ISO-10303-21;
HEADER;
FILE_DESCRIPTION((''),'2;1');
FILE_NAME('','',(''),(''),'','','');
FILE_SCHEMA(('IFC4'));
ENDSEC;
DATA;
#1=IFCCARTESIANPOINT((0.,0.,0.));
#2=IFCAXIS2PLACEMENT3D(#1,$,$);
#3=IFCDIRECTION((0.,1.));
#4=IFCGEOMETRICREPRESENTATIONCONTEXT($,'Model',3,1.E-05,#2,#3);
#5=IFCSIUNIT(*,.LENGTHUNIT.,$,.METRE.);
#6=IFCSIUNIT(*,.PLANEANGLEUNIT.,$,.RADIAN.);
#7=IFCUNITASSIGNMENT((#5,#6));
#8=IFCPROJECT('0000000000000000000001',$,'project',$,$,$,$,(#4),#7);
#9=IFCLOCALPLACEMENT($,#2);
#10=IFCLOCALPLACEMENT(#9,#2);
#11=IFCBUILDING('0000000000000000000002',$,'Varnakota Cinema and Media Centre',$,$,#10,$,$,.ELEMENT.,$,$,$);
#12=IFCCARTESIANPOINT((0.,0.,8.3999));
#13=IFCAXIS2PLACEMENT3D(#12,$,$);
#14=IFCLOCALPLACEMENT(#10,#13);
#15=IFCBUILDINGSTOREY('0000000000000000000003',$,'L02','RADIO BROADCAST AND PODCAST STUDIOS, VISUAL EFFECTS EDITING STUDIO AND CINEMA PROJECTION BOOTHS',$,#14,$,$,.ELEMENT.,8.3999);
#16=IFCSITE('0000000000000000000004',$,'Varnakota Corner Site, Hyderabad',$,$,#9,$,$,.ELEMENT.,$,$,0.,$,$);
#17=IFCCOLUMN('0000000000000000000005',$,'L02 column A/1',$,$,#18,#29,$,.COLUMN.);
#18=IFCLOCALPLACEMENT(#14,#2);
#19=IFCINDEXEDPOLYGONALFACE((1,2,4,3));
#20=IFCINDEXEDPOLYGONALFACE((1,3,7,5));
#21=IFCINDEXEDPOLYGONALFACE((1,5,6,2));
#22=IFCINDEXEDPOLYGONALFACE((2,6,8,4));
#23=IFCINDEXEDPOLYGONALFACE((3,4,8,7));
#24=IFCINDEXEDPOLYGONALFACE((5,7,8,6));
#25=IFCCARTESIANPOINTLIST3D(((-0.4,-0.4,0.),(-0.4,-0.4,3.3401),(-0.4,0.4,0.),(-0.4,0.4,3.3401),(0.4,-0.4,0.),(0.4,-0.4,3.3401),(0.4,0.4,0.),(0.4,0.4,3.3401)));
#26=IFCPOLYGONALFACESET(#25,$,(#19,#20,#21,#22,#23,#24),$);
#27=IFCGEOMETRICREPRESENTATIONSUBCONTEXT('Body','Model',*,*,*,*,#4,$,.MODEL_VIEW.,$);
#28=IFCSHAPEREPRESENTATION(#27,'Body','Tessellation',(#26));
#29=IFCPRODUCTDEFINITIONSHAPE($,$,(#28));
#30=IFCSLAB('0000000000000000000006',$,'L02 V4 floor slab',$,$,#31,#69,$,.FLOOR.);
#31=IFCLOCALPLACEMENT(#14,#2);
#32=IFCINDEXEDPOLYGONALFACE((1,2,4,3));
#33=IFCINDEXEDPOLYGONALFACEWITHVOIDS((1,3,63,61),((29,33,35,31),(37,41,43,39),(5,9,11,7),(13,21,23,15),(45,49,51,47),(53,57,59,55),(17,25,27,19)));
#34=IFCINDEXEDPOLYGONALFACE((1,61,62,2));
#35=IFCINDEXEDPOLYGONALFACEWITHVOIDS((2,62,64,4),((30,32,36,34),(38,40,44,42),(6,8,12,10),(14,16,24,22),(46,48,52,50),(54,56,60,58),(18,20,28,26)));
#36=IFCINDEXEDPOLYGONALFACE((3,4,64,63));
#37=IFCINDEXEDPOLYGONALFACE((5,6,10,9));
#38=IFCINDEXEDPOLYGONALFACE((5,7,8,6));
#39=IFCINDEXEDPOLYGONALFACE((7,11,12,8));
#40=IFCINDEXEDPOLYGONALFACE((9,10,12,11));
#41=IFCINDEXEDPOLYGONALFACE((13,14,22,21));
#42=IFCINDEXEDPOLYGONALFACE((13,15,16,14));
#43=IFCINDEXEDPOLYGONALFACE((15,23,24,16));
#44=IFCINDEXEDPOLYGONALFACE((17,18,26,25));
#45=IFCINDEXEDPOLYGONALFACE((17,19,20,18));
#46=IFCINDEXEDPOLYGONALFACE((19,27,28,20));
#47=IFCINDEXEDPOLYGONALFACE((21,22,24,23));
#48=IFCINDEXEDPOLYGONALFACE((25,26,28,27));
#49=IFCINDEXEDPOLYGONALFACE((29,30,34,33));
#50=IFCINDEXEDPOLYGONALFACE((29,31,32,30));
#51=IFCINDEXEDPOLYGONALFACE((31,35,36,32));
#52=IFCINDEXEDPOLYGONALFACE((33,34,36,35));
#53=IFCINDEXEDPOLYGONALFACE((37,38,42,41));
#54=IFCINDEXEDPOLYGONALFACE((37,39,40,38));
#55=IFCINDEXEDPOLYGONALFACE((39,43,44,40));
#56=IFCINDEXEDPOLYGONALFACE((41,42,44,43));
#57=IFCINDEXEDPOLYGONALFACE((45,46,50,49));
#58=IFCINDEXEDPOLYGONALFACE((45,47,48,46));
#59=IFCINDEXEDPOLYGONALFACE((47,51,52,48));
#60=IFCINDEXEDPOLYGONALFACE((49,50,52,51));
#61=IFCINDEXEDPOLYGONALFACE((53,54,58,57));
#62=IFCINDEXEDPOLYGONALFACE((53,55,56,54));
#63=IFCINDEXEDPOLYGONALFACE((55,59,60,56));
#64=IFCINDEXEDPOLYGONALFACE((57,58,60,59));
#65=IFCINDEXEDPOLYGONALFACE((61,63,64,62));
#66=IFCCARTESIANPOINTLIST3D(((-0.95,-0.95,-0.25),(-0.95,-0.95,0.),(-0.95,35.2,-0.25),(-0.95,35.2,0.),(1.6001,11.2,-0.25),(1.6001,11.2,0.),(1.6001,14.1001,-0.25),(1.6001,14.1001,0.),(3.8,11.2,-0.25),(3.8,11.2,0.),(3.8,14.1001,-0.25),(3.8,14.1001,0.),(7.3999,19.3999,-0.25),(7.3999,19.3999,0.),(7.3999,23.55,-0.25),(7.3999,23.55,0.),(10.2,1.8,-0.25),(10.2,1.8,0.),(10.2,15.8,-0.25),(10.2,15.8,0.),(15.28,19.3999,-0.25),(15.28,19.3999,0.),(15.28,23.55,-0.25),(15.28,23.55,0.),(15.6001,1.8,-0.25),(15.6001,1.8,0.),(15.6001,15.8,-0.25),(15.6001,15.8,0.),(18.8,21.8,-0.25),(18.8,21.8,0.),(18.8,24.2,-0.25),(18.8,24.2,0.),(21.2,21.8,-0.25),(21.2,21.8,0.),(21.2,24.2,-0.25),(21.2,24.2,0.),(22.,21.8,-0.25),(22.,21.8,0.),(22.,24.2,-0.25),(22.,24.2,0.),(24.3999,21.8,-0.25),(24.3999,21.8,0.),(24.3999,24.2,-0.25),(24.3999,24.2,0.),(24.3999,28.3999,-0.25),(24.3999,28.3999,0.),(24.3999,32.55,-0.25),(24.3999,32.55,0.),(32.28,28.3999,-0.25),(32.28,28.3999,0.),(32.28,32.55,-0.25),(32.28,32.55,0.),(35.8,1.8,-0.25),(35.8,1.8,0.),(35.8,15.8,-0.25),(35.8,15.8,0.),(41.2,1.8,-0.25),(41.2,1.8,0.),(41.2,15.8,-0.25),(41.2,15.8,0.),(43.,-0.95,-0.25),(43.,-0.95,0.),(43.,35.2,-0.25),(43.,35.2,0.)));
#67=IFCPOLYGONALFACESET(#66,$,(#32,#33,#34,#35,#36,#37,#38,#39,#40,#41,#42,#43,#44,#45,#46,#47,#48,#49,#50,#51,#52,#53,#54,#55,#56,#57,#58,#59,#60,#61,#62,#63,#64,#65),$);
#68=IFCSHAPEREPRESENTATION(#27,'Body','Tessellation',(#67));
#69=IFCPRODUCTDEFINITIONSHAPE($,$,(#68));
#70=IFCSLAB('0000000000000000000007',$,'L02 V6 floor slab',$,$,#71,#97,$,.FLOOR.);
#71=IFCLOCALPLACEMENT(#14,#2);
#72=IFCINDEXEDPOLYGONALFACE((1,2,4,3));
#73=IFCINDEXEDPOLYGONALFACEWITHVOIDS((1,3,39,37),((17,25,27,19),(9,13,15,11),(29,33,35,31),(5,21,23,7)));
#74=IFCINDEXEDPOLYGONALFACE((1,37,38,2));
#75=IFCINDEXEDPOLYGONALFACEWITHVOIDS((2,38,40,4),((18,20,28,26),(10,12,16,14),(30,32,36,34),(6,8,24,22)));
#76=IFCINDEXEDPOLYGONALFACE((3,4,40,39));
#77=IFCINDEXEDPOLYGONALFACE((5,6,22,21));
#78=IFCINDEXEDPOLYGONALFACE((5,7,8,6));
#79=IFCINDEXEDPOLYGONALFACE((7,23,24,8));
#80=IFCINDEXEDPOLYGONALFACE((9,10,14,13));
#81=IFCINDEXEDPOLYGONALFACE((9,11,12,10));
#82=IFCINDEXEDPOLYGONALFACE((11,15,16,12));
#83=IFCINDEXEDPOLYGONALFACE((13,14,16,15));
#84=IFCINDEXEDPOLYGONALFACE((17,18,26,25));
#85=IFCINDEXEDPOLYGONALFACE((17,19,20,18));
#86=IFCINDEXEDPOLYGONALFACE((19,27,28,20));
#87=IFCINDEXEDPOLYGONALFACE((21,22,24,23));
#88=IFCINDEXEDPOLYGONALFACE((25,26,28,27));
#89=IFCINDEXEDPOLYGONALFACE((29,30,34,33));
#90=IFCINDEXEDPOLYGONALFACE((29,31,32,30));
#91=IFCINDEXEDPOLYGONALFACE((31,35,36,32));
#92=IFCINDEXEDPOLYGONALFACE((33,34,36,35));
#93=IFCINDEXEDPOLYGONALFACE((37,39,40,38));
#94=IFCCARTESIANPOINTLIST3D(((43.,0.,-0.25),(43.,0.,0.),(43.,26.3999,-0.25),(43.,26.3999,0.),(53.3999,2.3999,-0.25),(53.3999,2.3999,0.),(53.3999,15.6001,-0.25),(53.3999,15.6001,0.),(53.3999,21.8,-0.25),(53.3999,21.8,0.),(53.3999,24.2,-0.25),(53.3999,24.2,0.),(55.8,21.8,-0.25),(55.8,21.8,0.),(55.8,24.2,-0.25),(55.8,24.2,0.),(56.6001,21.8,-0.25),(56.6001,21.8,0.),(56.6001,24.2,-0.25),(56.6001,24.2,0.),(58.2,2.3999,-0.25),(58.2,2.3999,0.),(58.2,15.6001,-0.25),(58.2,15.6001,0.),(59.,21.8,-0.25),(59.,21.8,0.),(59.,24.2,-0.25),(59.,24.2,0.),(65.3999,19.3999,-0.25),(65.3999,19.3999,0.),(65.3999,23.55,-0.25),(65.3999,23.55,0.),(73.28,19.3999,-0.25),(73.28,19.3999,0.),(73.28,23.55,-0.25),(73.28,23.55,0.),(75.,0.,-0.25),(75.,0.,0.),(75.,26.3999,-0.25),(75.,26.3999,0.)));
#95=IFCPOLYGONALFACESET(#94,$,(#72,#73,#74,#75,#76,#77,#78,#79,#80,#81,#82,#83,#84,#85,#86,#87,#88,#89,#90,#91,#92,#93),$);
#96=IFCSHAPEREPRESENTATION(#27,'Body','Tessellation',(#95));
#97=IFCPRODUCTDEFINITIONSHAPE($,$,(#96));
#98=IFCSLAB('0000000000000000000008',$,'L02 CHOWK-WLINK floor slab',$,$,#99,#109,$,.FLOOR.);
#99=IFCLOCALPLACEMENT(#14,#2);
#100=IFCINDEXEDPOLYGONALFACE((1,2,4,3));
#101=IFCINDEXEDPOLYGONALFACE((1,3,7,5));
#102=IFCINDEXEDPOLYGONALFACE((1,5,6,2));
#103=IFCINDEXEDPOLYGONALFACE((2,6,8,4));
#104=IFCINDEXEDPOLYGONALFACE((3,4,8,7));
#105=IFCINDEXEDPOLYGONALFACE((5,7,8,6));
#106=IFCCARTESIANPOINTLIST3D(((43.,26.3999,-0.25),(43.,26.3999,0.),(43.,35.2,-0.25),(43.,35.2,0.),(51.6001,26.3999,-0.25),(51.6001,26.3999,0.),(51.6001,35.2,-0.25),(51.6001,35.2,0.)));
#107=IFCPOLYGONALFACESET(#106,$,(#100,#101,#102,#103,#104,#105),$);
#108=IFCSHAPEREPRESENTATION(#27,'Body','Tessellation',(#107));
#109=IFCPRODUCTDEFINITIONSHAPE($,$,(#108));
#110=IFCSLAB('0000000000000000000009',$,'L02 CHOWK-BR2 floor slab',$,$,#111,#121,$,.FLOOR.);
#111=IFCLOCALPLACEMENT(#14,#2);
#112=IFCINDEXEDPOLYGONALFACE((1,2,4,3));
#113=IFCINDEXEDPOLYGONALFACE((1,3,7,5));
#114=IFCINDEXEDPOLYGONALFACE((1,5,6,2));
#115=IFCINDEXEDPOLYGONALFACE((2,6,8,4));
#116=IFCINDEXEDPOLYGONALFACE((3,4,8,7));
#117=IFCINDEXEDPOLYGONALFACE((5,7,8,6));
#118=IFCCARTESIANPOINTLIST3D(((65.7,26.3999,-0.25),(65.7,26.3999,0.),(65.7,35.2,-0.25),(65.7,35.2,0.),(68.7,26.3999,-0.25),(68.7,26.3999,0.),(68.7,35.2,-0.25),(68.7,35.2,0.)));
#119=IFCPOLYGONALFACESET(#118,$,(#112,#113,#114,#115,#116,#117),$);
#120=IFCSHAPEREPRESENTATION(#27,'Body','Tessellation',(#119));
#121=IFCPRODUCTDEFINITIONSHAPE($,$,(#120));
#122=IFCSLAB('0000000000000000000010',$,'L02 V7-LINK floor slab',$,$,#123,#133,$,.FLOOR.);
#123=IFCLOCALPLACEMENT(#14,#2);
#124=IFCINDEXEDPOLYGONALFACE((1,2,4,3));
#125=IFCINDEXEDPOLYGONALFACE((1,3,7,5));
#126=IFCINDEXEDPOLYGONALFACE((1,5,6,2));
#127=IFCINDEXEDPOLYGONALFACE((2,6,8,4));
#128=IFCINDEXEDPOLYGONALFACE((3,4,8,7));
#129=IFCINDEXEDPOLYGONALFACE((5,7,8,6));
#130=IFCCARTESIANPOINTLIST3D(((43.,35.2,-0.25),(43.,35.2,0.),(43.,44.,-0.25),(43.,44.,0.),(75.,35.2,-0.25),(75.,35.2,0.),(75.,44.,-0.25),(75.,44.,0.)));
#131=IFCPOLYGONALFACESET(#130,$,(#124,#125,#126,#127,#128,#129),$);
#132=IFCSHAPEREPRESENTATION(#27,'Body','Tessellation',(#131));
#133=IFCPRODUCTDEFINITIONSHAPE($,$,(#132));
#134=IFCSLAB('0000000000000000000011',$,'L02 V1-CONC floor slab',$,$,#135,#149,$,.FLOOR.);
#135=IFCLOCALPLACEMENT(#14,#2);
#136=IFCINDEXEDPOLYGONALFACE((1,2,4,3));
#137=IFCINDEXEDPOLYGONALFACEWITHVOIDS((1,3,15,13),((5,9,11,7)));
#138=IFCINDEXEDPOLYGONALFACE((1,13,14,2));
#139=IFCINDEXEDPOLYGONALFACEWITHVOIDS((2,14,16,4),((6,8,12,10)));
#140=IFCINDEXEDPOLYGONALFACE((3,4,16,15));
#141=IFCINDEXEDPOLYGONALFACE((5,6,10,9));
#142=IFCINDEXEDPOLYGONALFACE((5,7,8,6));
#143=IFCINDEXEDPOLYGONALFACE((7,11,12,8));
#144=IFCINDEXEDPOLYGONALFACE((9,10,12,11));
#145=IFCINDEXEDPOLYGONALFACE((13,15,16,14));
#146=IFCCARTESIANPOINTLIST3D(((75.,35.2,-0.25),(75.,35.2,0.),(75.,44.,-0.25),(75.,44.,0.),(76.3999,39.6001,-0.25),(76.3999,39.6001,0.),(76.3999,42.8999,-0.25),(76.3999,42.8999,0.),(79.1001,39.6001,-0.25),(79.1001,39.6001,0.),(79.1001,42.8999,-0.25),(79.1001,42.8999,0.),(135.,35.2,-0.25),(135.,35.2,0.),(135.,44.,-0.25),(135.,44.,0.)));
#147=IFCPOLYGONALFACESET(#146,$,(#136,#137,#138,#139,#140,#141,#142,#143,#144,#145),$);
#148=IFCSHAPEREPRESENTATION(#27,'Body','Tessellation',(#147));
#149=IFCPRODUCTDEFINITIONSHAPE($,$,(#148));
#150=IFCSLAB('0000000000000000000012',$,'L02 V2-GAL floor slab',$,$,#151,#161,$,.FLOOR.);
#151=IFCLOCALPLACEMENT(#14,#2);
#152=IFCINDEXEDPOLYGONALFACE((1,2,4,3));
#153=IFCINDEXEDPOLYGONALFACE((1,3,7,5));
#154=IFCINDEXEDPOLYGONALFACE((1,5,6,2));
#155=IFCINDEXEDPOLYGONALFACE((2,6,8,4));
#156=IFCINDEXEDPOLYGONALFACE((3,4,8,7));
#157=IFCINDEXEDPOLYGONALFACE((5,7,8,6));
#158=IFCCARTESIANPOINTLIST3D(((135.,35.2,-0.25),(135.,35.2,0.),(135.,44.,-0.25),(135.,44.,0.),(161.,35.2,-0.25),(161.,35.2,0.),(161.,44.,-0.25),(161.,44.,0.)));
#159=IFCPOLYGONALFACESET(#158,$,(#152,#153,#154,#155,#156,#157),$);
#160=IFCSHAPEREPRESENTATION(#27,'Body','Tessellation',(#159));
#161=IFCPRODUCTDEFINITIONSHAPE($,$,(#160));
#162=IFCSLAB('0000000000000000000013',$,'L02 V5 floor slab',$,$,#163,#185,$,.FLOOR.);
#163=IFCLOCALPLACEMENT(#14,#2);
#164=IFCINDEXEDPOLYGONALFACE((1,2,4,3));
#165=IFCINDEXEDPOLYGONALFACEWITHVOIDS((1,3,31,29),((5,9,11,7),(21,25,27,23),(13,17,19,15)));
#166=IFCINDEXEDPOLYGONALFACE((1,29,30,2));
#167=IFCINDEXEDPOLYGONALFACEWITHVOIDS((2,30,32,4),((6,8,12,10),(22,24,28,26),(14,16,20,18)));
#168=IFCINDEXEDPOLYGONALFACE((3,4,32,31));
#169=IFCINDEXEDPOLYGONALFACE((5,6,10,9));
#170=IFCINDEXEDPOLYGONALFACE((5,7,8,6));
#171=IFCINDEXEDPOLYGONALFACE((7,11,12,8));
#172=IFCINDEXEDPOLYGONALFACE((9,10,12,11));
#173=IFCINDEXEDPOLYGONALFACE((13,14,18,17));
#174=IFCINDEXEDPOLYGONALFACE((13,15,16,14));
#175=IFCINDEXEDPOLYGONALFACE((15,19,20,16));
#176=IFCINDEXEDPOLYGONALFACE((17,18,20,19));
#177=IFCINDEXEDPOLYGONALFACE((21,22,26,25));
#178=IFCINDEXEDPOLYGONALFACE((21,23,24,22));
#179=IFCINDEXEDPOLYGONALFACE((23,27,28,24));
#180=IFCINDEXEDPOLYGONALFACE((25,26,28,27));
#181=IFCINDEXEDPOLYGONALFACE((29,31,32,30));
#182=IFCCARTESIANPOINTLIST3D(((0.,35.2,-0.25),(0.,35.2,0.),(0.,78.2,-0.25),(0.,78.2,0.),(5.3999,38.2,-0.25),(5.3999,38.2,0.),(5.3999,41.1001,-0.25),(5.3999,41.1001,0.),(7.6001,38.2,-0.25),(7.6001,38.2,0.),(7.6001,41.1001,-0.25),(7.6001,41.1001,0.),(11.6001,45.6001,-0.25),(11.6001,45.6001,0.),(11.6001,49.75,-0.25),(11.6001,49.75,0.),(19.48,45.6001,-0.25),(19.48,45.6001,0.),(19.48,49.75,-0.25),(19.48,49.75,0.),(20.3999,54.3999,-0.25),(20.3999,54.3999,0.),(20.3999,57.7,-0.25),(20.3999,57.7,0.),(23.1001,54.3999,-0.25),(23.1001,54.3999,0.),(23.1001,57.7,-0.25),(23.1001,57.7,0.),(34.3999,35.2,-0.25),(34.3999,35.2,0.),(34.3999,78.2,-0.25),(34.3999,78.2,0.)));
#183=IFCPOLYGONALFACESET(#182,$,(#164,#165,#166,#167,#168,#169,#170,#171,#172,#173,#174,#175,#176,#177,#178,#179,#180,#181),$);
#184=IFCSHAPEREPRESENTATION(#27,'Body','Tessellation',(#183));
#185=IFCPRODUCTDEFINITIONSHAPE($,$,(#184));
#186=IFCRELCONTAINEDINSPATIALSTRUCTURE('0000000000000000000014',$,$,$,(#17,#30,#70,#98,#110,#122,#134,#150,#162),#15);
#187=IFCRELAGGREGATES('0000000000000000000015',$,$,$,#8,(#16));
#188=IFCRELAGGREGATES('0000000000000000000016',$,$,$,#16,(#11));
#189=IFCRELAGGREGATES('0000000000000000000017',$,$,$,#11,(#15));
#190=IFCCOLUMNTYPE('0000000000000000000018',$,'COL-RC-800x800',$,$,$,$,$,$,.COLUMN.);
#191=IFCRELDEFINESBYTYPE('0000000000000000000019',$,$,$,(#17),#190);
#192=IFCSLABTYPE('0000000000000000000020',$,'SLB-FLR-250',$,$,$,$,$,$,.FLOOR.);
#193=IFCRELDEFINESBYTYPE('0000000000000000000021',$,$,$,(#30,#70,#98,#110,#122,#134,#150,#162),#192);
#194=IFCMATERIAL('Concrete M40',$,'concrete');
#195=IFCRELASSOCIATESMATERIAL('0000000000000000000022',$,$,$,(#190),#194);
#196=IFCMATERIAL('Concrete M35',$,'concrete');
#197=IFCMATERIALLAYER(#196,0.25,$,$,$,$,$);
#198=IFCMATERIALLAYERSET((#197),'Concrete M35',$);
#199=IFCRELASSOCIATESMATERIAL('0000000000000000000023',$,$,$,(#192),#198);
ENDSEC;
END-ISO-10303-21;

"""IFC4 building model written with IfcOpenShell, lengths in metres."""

from ifc_helpers import new_model, si_unit, direction, frame, origin, origin_with_axes, origin_2d, place, context, subcontext, project, spatial, polyline, rectangle, outline, extrude, material, layer, layer_set, material_profile, profile_set, type_object, element, save


model = new_model("IFC4")

# Units and contexts
model_context = context("Model", 3, precision=1e-05, world=origin(), true_north=direction((0.0, 1.0)))
body_context = subcontext(model_context, "Body", "Model", "MODEL_VIEW")
ifc_project = project(units=[si_unit("LENGTHUNIT", "METRE"), si_unit("PLANEANGLEUNIT", "RADIAN")], contexts=[model_context])

# Site, building, storey
site_placement = place(None, origin())
site = spatial("IfcSite", under=ifc_project, at=site_placement, Name="Varnakota Corner Site, Hyderabad", CompositionType="ELEMENT", RefElevation=0.0)
building_placement = place(site_placement, origin())
building = spatial("IfcBuilding", under=site, at=building_placement, Name="Varnakota Cinema and Media Centre", CompositionType="ELEMENT")
storey_placement = place(building_placement, frame((0.0, 0.0, 8.3999)))
storey = spatial("IfcBuildingStorey", under=building, at=storey_placement, Name="L02", Description="RADIO BROADCAST AND PODCAST STUDIOS, VISUAL EFFECTS EDITING STUDIO AND CINEMA PROJECTION BOOTHS", CompositionType="ELEMENT", Elevation=8.3999)

# Column
ifc_material_1 = material(Name="Concrete M40", Category="concrete")
ifc_material_profile = material_profile(ifc_material_1, rectangle(XDim=0.8, YDim=0.8, at=origin_2d()), Name="RC 800x800")
ifc_profile_set = profile_set([ifc_material_profile], Name="Concrete M40")
column_type = type_object("IfcColumnType", Name="COL-RC-800x800", PredefinedType="COLUMN", material=ifc_profile_set)
column_placement = place(storey_placement, origin_with_axes())
element("IfcColumn", 1, at=column_placement, inside=storey, type_object=column_type, Name="L02 column A/1", PredefinedType="COLUMN", context=body_context, shape_type="SweptSolid", body=[
    extrude(rectangle(XDim=0.8, YDim=0.8, at=origin_2d()), origin(), (0.0, 0.0, 1.0), 3.3401),
])

# Slabs
ifc_material_2 = material(Name="Concrete M35", Category="concrete")
ifc_layer_1 = layer(ifc_material_2, 0.25)
ifc_layer_set_1 = layer_set([ifc_layer_1], Name="Concrete M35")
slab_type = type_object("IfcSlabType", Name="SLB-FLR-250", PredefinedType="FLOOR", material=ifc_layer_set_1)
slab_1_placement = place(storey_placement, frame((0.0, 0.0, -0.25)))
element("IfcSlab", 2, at=slab_1_placement, inside=storey, type_object=slab_type, Name="L02 V4 floor slab", PredefinedType="FLOOR", context=body_context, shape_type="SweptSolid", body=[
    extrude(outline(polyline([(-0.95, -0.95), (43.0, -0.95), (43.0, 35.2), (-0.95, 35.2), (-0.95, -0.95)]), holes=[polyline([(10.2, 1.8), (15.6001, 1.8), (15.6001, 15.8), (10.2, 15.8), (10.2, 1.8)]), polyline([(35.8, 1.8), (41.2, 1.8), (41.2, 15.8), (35.8, 15.8), (35.8, 1.8)]), polyline([(7.3999, 19.3999), (15.28, 19.3999), (15.28, 23.55), (7.3999, 23.55), (7.3999, 19.3999)]), polyline([(24.3999, 28.3999), (32.28, 28.3999), (32.28, 32.55), (24.3999, 32.55), (24.3999, 28.3999)]), polyline([(1.6001, 11.2), (3.8, 11.2), (3.8, 14.1001), (1.6001, 14.1001), (1.6001, 11.2)]), polyline([(18.8, 21.8), (21.2, 21.8), (21.2, 24.2), (18.8, 24.2), (18.8, 21.8)]), polyline([(22.0, 21.8), (24.3999, 21.8), (24.3999, 24.2), (22.0, 24.2), (22.0, 21.8)])]), origin(), (0.0, 0.0, 1.0), 0.25),
])
slab_2_placement = place(storey_placement, frame((0.0, 0.0, -0.25)))
element("IfcSlab", 3, at=slab_2_placement, inside=storey, type_object=slab_type, Name="L02 V6 floor slab", PredefinedType="FLOOR", context=body_context, shape_type="SweptSolid", body=[
    extrude(outline(polyline([(43.0, 0.0), (75.0, 0.0), (75.0, 26.3999), (43.0, 26.3999), (43.0, 0.0)]), holes=[polyline([(53.3999, 2.3999), (58.2, 2.3999), (58.2, 15.6001), (53.3999, 15.6001), (53.3999, 2.3999)]), polyline([(65.3999, 19.3999), (73.28, 19.3999), (73.28, 23.55), (65.3999, 23.55), (65.3999, 19.3999)]), polyline([(53.3999, 21.8), (55.8, 21.8), (55.8, 24.2), (53.3999, 24.2), (53.3999, 21.8)]), polyline([(56.6001, 21.8), (59.0, 21.8), (59.0, 24.2), (56.6001, 24.2), (56.6001, 21.8)])]), origin(), (0.0, 0.0, 1.0), 0.25),
])
slab_3_placement = place(storey_placement, frame((0.0, 0.0, -0.25)))
element("IfcSlab", 4, at=slab_3_placement, inside=storey, type_object=slab_type, Name="L02 CHOWK-WLINK floor slab", PredefinedType="FLOOR", context=body_context, shape_type="SweptSolid", body=[
    extrude(outline(polyline([(43.0, 26.3999), (51.6001, 26.3999), (51.6001, 35.2), (43.0, 35.2), (43.0, 26.3999)])), origin(), (0.0, 0.0, 1.0), 0.25),
])
slab_4_placement = place(storey_placement, frame((0.0, 0.0, -0.25)))
element("IfcSlab", 5, at=slab_4_placement, inside=storey, type_object=slab_type, Name="L02 CHOWK-BR2 floor slab", PredefinedType="FLOOR", context=body_context, shape_type="SweptSolid", body=[
    extrude(outline(polyline([(65.7, 26.3999), (68.7, 26.3999), (68.7, 35.2), (65.7, 35.2), (65.7, 26.3999)])), origin(), (0.0, 0.0, 1.0), 0.25),
])
slab_5_placement = place(storey_placement, frame((0.0, 0.0, -0.25)))
element("IfcSlab", 6, at=slab_5_placement, inside=storey, type_object=slab_type, Name="L02 V7-LINK floor slab", PredefinedType="FLOOR", context=body_context, shape_type="SweptSolid", body=[
    extrude(outline(polyline([(43.0, 35.2), (75.0, 35.2), (75.0, 44.0), (43.0, 44.0), (43.0, 35.2)])), origin(), (0.0, 0.0, 1.0), 0.25),
])
slab_6_placement = place(storey_placement, frame((0.0, 0.0, -0.25)))
element("IfcSlab", 7, at=slab_6_placement, inside=storey, type_object=slab_type, Name="L02 V1-CONC floor slab", PredefinedType="FLOOR", context=body_context, shape_type="SweptSolid", body=[
    extrude(outline(polyline([(75.0, 35.2), (135.0, 35.2), (135.0, 44.0), (75.0, 44.0), (75.0, 35.2)]), holes=[polyline([(76.3999, 39.6001), (79.1001, 39.6001), (79.1001, 42.8999), (76.3999, 42.8999), (76.3999, 39.6001)])]), origin(), (0.0, 0.0, 1.0), 0.25),
])
slab_7_placement = place(storey_placement, frame((0.0, 0.0, -0.25)))
element("IfcSlab", 8, at=slab_7_placement, inside=storey, type_object=slab_type, Name="L02 V2-GAL floor slab", PredefinedType="FLOOR", context=body_context, shape_type="SweptSolid", body=[
    extrude(outline(polyline([(135.0, 35.2), (161.0, 35.2), (161.0, 44.0), (135.0, 44.0), (135.0, 35.2)])), origin(), (0.0, 0.0, 1.0), 0.25),
])
slab_8_placement = place(storey_placement, frame((0.0, 0.0, -0.25)))
element("IfcSlab", 9, at=slab_8_placement, inside=storey, type_object=slab_type, Name="L02 V5 floor slab", PredefinedType="FLOOR", context=body_context, shape_type="SweptSolid", body=[
    extrude(outline(polyline([(0.0, 35.2), (34.3999, 35.2), (34.3999, 78.2), (0.0, 78.2), (0.0, 35.2)]), holes=[polyline([(11.6001, 45.6001), (19.48, 45.6001), (19.48, 49.75), (11.6001, 49.75), (11.6001, 45.6001)]), polyline([(5.3999, 38.2), (7.6001, 38.2), (7.6001, 41.1001), (5.3999, 41.1001), (5.3999, 38.2)]), polyline([(20.3999, 54.3999), (23.1001, 54.3999), (23.1001, 57.7), (20.3999, 57.7), (20.3999, 54.3999)])]), origin(), (0.0, 0.0, 1.0), 0.25),
])

save(model, "model.ifc")
